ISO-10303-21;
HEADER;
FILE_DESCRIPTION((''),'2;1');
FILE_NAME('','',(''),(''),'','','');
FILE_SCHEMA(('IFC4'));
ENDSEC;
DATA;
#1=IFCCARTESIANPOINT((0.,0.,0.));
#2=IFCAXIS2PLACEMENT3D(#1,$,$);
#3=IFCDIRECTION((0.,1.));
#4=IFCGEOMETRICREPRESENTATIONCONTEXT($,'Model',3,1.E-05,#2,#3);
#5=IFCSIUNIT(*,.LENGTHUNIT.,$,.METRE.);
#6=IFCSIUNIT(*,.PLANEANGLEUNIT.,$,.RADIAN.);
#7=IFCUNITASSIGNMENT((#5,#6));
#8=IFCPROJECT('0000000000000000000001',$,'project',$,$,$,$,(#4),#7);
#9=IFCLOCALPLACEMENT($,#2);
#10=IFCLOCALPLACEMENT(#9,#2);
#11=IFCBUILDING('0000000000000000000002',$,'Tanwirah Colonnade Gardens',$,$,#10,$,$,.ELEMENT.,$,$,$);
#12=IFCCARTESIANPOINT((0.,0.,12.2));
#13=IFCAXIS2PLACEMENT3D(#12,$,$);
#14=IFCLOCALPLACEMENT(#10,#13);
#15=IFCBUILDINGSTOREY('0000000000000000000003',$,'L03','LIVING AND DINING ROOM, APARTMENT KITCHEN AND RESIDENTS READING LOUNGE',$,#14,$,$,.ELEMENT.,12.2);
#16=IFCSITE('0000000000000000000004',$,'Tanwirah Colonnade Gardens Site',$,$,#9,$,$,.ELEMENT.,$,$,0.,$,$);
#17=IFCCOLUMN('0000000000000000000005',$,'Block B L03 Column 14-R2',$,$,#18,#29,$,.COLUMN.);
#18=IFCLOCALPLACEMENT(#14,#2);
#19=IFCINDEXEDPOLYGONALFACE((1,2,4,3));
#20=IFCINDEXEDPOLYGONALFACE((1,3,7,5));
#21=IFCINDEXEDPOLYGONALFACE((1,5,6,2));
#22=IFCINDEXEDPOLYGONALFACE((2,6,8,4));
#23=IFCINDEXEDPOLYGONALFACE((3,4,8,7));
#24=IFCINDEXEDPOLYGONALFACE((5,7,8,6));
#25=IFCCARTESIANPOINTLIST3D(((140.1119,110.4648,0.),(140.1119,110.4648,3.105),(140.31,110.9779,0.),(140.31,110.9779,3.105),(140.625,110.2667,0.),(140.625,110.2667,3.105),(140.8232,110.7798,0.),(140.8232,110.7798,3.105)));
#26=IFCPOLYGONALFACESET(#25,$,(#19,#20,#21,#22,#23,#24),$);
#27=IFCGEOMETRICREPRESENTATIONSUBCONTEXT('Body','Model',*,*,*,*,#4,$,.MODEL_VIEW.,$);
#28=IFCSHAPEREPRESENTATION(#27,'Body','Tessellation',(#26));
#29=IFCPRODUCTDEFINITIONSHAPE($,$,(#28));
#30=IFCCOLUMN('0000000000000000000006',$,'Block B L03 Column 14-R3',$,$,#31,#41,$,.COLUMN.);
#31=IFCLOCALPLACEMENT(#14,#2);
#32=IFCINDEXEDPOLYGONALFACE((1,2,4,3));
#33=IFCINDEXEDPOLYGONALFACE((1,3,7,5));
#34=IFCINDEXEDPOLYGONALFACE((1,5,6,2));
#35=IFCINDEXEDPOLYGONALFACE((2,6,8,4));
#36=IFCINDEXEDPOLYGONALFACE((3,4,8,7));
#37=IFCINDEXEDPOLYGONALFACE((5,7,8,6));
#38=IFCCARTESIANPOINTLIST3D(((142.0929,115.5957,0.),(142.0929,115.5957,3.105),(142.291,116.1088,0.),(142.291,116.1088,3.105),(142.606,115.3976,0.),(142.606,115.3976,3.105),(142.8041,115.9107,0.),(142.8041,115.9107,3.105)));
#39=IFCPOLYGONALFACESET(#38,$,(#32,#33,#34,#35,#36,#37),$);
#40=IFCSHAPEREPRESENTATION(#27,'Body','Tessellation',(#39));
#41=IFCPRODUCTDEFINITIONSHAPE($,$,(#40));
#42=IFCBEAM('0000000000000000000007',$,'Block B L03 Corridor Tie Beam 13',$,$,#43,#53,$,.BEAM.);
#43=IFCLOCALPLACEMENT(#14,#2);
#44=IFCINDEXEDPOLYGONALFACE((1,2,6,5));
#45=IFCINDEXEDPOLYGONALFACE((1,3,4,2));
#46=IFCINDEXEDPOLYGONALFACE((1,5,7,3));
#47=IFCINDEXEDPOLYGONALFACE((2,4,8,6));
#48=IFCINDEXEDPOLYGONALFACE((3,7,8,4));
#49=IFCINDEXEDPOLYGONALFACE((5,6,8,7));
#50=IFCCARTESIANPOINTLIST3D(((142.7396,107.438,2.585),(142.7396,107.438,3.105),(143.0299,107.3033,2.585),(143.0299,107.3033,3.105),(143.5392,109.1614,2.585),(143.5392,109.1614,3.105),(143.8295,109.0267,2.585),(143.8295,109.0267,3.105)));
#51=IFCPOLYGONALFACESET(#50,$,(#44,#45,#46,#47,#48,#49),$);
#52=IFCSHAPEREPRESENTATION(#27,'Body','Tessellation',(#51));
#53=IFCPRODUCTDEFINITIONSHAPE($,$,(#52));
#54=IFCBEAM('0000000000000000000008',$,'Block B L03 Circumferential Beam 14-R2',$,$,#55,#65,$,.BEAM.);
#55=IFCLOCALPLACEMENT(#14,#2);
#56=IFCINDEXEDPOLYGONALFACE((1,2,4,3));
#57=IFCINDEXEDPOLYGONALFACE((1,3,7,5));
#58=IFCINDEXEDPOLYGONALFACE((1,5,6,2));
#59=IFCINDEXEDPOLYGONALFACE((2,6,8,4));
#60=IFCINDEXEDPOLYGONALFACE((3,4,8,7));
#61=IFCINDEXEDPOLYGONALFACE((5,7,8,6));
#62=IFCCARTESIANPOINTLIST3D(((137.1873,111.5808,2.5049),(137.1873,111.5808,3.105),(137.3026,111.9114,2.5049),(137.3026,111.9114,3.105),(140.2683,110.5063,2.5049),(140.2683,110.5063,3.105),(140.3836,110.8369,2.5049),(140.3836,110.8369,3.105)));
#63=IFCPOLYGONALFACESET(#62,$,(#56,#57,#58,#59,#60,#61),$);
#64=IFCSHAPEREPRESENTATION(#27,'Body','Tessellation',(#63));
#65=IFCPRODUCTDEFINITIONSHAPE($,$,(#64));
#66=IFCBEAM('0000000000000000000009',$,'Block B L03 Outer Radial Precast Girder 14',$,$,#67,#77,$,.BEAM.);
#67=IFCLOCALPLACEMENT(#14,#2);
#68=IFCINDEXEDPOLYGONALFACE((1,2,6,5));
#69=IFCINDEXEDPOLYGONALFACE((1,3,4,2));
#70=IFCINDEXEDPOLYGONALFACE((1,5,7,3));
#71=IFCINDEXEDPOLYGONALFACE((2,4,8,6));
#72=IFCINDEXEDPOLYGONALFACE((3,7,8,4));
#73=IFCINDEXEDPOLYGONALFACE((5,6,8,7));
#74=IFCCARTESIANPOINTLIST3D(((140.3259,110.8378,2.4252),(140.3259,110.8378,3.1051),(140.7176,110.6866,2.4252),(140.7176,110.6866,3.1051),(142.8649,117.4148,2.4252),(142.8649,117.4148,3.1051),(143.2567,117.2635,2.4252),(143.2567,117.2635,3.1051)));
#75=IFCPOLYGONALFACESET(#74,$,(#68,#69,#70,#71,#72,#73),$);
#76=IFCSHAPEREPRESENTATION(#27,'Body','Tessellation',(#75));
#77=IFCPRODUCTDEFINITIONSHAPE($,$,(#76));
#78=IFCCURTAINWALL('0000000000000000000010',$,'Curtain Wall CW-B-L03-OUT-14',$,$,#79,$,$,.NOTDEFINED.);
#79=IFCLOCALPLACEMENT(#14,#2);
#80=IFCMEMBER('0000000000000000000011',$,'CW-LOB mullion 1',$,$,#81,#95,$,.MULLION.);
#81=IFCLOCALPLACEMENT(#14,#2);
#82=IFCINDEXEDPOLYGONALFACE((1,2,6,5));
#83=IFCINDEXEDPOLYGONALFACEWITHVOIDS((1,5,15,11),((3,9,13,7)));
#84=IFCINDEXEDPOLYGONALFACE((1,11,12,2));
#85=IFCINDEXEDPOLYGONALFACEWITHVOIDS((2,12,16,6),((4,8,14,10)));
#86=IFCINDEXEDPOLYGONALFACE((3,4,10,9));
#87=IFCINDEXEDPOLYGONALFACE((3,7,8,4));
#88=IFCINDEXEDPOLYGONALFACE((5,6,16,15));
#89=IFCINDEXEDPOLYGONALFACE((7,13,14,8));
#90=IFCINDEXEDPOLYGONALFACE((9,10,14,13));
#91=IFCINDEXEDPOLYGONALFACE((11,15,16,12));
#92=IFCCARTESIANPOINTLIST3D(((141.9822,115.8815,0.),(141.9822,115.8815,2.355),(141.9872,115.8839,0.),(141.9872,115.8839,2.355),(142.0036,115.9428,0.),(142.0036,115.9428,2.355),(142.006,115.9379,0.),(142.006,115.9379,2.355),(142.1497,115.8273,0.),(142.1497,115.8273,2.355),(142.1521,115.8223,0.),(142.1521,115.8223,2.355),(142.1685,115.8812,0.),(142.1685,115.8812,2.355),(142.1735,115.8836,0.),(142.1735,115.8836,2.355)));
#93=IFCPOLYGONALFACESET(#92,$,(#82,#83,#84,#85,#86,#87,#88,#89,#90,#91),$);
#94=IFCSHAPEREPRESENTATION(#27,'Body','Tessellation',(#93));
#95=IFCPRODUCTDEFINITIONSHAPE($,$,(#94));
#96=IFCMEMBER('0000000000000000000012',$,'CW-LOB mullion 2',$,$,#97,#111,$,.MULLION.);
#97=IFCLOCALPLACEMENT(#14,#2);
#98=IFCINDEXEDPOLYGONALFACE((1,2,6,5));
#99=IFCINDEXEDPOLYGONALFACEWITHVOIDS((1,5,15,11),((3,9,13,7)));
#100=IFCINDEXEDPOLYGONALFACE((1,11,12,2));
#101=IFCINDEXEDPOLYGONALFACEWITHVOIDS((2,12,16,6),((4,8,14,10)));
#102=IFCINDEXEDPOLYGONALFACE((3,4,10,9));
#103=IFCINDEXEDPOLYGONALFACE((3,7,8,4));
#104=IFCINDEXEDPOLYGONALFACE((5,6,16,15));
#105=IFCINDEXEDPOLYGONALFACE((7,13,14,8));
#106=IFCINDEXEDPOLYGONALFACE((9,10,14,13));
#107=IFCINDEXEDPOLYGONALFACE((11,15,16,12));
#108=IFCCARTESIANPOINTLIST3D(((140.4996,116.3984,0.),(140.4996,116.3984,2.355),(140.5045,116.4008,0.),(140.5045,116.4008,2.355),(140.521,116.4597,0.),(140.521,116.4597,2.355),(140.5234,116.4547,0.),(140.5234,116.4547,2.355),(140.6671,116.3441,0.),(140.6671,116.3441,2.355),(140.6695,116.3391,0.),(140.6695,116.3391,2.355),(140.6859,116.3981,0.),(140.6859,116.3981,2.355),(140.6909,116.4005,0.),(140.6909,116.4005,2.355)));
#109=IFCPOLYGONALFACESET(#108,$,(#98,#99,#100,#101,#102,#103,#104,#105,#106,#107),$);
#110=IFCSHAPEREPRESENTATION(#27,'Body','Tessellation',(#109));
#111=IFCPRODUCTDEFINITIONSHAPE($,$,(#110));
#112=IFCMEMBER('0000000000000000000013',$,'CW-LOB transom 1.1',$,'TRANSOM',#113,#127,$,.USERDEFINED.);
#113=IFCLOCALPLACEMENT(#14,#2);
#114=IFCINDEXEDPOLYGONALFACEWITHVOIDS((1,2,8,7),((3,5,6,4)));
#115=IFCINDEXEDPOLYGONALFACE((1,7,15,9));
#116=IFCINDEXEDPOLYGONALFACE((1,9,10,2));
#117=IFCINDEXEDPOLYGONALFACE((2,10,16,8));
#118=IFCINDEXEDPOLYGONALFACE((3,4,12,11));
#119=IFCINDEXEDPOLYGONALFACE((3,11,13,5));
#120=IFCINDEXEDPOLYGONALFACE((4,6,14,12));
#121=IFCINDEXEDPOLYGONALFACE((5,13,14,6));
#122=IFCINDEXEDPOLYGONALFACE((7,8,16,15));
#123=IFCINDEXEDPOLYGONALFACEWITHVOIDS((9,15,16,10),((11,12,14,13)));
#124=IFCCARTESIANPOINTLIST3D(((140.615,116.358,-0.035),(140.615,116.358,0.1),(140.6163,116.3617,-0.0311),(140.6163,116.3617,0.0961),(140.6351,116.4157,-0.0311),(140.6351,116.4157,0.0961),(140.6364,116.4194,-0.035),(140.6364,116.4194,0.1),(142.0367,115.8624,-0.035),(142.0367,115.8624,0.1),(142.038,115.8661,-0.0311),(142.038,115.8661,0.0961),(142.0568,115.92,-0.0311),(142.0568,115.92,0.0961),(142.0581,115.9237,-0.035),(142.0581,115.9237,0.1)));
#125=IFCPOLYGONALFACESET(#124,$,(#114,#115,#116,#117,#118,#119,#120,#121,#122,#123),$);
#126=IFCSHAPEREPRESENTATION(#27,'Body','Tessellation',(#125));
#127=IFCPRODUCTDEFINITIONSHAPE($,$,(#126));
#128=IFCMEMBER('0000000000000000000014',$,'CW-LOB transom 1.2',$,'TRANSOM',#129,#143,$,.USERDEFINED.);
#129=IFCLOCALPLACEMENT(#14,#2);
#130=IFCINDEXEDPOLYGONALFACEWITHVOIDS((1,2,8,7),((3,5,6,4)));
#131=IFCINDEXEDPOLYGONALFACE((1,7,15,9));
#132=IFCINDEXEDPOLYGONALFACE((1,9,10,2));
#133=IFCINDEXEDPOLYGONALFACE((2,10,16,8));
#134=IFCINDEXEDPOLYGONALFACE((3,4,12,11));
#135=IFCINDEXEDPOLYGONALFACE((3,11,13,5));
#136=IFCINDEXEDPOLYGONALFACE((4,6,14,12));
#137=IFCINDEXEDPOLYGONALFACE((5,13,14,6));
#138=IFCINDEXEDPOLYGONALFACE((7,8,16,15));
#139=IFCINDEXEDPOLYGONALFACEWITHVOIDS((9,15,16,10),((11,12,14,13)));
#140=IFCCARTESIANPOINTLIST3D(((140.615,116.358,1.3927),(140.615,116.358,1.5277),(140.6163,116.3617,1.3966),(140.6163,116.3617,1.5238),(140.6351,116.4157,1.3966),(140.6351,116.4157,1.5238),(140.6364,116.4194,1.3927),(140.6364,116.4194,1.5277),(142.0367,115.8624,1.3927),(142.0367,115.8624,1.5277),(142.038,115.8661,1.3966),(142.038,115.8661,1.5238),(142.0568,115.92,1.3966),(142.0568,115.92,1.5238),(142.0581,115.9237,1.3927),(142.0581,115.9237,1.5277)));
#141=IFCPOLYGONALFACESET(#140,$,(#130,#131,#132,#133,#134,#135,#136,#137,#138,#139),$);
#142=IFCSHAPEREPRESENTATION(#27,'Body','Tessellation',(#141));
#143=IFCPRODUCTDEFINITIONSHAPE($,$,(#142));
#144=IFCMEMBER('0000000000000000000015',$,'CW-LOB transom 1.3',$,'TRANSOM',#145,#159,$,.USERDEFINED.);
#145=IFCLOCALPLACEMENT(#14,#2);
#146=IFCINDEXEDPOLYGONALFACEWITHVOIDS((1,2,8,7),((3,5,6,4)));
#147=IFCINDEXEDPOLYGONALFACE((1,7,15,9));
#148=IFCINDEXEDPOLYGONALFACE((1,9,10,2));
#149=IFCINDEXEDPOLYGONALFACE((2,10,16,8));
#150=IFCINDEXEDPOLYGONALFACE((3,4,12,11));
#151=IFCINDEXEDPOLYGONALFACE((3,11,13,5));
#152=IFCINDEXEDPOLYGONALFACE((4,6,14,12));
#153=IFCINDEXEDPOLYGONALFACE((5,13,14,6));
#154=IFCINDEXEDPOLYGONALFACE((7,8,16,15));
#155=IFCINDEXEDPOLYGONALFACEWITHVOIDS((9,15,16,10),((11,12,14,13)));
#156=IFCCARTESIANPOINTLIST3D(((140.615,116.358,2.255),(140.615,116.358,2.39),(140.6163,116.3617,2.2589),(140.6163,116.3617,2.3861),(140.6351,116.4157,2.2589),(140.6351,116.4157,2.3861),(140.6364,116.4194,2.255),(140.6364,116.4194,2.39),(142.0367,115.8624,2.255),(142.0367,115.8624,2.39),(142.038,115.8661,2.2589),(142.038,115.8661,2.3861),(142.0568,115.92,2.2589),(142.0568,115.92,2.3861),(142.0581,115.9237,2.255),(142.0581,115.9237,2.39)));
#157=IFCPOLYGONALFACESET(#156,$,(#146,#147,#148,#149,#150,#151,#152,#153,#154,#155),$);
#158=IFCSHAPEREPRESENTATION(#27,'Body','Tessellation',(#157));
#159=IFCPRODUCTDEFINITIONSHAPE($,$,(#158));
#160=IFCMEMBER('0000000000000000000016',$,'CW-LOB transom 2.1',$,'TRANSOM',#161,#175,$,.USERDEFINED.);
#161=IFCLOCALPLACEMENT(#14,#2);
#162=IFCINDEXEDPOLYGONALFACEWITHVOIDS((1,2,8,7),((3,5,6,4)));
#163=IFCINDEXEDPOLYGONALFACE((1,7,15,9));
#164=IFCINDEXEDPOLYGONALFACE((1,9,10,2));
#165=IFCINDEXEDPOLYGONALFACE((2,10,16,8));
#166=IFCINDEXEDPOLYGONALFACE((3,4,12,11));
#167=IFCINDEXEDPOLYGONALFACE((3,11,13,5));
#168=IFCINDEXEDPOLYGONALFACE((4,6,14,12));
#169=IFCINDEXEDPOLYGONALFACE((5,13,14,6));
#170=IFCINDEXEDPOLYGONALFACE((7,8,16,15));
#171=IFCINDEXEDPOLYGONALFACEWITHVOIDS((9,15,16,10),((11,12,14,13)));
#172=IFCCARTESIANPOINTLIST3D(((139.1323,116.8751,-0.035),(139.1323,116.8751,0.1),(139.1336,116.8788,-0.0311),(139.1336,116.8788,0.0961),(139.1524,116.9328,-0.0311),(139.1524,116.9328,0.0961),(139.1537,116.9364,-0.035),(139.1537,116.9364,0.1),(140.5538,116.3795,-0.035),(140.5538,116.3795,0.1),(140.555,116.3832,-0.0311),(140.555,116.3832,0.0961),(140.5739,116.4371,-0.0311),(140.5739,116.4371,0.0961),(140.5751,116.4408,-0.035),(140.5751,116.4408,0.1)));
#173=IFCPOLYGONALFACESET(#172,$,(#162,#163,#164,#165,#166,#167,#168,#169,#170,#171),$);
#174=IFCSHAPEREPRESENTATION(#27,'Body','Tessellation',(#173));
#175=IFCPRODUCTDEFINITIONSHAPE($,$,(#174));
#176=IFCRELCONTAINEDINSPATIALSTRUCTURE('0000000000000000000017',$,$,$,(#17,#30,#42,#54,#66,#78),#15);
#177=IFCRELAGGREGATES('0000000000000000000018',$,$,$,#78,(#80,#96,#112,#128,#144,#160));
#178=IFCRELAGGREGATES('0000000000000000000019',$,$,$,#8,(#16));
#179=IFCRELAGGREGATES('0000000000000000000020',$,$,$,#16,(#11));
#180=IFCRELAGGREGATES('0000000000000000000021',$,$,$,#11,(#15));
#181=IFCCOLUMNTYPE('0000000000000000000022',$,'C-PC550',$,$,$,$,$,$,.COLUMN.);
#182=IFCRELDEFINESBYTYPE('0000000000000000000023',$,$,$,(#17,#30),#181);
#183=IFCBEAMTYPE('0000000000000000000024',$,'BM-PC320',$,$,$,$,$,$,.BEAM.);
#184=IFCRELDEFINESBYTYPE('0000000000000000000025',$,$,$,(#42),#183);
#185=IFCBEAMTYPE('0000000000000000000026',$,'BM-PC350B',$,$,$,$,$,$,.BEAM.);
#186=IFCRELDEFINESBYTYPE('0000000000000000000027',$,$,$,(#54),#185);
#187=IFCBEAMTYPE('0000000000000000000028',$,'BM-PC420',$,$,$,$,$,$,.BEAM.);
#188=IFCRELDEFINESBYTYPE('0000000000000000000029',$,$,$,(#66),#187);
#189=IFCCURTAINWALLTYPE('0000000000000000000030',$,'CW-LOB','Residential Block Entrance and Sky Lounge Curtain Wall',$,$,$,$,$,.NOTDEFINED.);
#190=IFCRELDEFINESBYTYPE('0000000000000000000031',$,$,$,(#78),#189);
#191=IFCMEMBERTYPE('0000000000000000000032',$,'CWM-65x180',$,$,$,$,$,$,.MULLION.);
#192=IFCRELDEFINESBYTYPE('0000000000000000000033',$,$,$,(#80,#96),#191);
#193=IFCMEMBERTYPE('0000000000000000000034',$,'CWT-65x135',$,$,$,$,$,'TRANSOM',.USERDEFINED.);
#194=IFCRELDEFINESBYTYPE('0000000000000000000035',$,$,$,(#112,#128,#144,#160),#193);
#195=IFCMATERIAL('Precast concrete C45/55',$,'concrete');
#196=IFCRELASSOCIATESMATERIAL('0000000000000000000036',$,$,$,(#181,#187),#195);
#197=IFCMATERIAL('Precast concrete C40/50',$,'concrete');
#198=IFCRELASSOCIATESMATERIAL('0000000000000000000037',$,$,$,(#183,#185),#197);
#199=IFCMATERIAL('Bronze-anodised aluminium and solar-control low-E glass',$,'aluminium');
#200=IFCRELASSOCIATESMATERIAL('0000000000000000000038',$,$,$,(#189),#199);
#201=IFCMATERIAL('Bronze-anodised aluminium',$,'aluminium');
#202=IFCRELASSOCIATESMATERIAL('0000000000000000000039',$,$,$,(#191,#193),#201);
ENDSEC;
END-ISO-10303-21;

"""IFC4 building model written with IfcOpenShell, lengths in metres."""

from ifc_helpers import new_model, si_unit, direction, frame, origin, origin_2d, place, context, subcontext, project, spatial, rectangle, hollow_rectangle, extrude, material, material_profile, profile_set, type_object, element, aggregate, save


model = new_model("IFC4")

# Units and contexts
model_context = context("Model", 3, precision=1e-05, world=origin(), true_north=direction((0.0, 1.0)))
body_context = subcontext(model_context, "Body", "Model", "MODEL_VIEW")
ifc_project = project(units=[si_unit("LENGTHUNIT", "METRE"), si_unit("PLANEANGLEUNIT", "RADIAN")], contexts=[model_context])

# Site, building, storey
site_placement = place(None, origin())
site = spatial("IfcSite", under=ifc_project, at=site_placement, Name="Tanwirah Colonnade Gardens Site", CompositionType="ELEMENT", RefElevation=0.0)
building_placement = place(site_placement, origin())
building = spatial("IfcBuilding", under=site, at=building_placement, Name="Tanwirah Colonnade Gardens", CompositionType="ELEMENT")
storey_placement = place(building_placement, frame((0.0, 0.0, 12.2)))
storey = spatial("IfcBuildingStorey", under=building, at=storey_placement, Name="L03", Description="LIVING AND DINING ROOM, APARTMENT KITCHEN AND RESIDENTS READING LOUNGE", CompositionType="ELEMENT", Elevation=12.2)

# Columns
ifc_material_1 = material(Name="Precast concrete C45/55", Category="concrete")
ifc_material_profile_1 = material_profile(ifc_material_1, rectangle(XDim=0.55, YDim=0.55, at=origin_2d()), Name="PC-COL 550x550")
ifc_profile_set_1 = profile_set([ifc_material_profile_1], Name="Precast concrete C45/55")
column_type = type_object("IfcColumnType", Name="C-PC550", PredefinedType="COLUMN", material=ifc_profile_set_1)
for number, where, z_axis, x_axis, name in (
    (1, (140.4675, 110.6223, 0.0), (0.0, 0.0, 1.0), (0.360178, 0.932884, 0.0), "Block B L03 Column 14-R2"),
    (2, (142.4485, 115.7532, 0.0), (0.0, 0.0, 1.0), (0.360178, 0.932884, 0.0), "Block B L03 Column 14-R3"),
):
    element("IfcColumn", number, at=place(storey_placement, frame(where, z_axis=z_axis, x_axis=x_axis)), inside=storey, type_object=column_type, Name=name, PredefinedType="COLUMN", context=body_context, shape_type="SweptSolid", body=[
        extrude(rectangle(XDim=0.55, YDim=0.55, at=origin_2d()), origin(), (0.0, 0.0, 1.0), 3.105),
    ])

# Beams
ifc_material_2 = material(Name="Precast concrete C40/50", Category="concrete")
ifc_material_profile_2 = material_profile(ifc_material_2, rectangle(XDim=0.3201, YDim=0.52, at=origin_2d()), Name="PC-BM 320x520")
ifc_profile_set_2 = profile_set([ifc_material_profile_2], Name="Precast concrete C40/50")
beam_type_1 = type_object("IfcBeamType", Name="BM-PC320", PredefinedType="BEAM", material=ifc_profile_set_2)
beam_1_placement = place(storey_placement, frame((142.8848, 107.3706, 2.845), z_axis=(0.420858, 0.907126, 0.0), x_axis=(-0.907126, 0.420858, 0.0)))
element("IfcBeam", 3, at=beam_1_placement, inside=storey, type_object=beam_type_1, Name="Block B L03 Corridor Tie Beam 13", PredefinedType="BEAM", context=body_context, shape_type="SweptSolid", body=[
    extrude(rectangle(XDim=0.3201, YDim=0.52, at=origin_2d()), origin(), (0.0, 0.0, 1.0), 1.8999),
])
ifc_material_profile_3 = material_profile(ifc_material_2, rectangle(XDim=0.3501, YDim=0.6001, at=origin_2d()), Name="PC-BM 350x600")
ifc_profile_set_3 = profile_set([ifc_material_profile_3], Name="Precast concrete C40/50")
beam_type_2 = type_object("IfcBeamType", Name="BM-PC350B", PredefinedType="BEAM", material=ifc_profile_set_3)
beam_2_placement = place(storey_placement, frame((140.3259, 110.6716, 2.8049), z_axis=(-0.944231, 0.329284, 0.0), x_axis=(-0.329284, -0.944231, 0.0)))
element("IfcBeam", 4, at=beam_2_placement, inside=storey, type_object=beam_type_2, Name="Block B L03 Circumferential Beam 14-R2", PredefinedType="BEAM", context=body_context, shape_type="SweptSolid", body=[
    extrude(rectangle(XDim=0.3501, YDim=0.6001, at=origin_2d()), origin(), (0.0, 0.0, 1.0), 3.2629),
])
ifc_material_profile_4 = material_profile(ifc_material_1, rectangle(XDim=0.4199, YDim=0.6799, at=origin_2d()), Name="PC-BM 420x680")
ifc_profile_set_4 = profile_set([ifc_material_profile_4], Name="Precast concrete C45/55")
beam_type_3 = type_object("IfcBeamType", Name="BM-PC420", PredefinedType="BEAM", material=ifc_profile_set_4)
beam_3_placement = place(storey_placement, frame((140.5217, 110.7622, 2.7651), z_axis=(0.360151, 0.932894, 0.0), x_axis=(-0.932894, 0.360151, 0.0)))
element("IfcBeam", 5, at=beam_3_placement, inside=storey, type_object=beam_type_3, Name="Block B L03 Outer Radial Precast Girder 14", PredefinedType="BEAM", context=body_context, shape_type="SweptSolid", body=[
    extrude(rectangle(XDim=0.4199, YDim=0.6799, at=origin_2d()), origin(), (0.0, 0.0, 1.0), 7.05),
])

# Curtain wall, members
ifc_material_3 = material(Name="Bronze-anodised aluminium and solar-control low-E glass", Category="aluminium")
curtain_wall_type = type_object("IfcCurtainWallType", Name="CW-LOB", Description="Residential Block Entrance and Sky Lounge Curtain Wall", PredefinedType="NOTDEFINED", material=ifc_material_3)
curtain_wall_placement = place(storey_placement, origin())
curtain_wall = element("IfcCurtainWall", 6, at=curtain_wall_placement, inside=storey, type_object=curtain_wall_type, Name="Curtain Wall CW-B-L03-OUT-14", PredefinedType="NOTDEFINED")
ifc_material_4 = material(Name="Bronze-anodised aluminium", Category="aluminium")
ifc_material_profile_5 = material_profile(ifc_material_4, hollow_rectangle(XDim=0.0649, YDim=0.1799, WallThickness=0.0039, at=origin_2d()), Name="CW-MUL 65x180x4")
ifc_profile_set_5 = profile_set([ifc_material_profile_5], Name="Bronze-anodised aluminium")
member_type_1 = type_object("IfcMemberType", Name="CWM-65x180", PredefinedType="MULLION", material=ifc_profile_set_5)
member_1_placement = place(storey_placement, frame((142.0779, 115.8826, 0.0), z_axis=(0.0, 0.0, 1.0), x_axis=(-0.329232, -0.944249, 0.0)))
member_1 = element("IfcMember", 7, at=member_1_placement, type_object=member_type_1, Name="CW-LOB mullion 1", PredefinedType="MULLION", context=body_context, shape_type="SweptSolid", body=[
    extrude(hollow_rectangle(XDim=0.0649, YDim=0.1799, WallThickness=0.0039, at=origin_2d()), origin(), (0.0, 0.0, 1.0), 2.355),
])
member_2_placement = place(storey_placement, frame((140.5952, 116.3994, 0.0), z_axis=(0.0, 0.0, 1.0), x_axis=(-0.329232, -0.944249, 0.0)))
member_2 = element("IfcMember", 8, at=member_2_placement, type_object=member_type_1, Name="CW-LOB mullion 2", PredefinedType="MULLION", context=body_context, shape_type="SweptSolid", body=[
    extrude(hollow_rectangle(XDim=0.0649, YDim=0.1799, WallThickness=0.0039, at=origin_2d()), origin(), (0.0, 0.0, 1.0), 2.355),
])
ifc_material_profile_6 = material_profile(ifc_material_4, hollow_rectangle(XDim=0.0649, YDim=0.135, WallThickness=0.0039, at=origin_2d()), Name="CW-TRN 65x135x4")
ifc_profile_set_6 = profile_set([ifc_material_profile_6], Name="Bronze-anodised aluminium")
member_type_2 = type_object("IfcMemberType", Name="CWT-65x135", ElementType="TRANSOM", PredefinedType="USERDEFINED", material=ifc_profile_set_6)
member_3_placement = place(storey_placement, frame((142.0474, 115.8931, 0.0325), z_axis=(-0.944265, 0.329187, 0.0), x_axis=(-0.329187, -0.944265, 0.0)))
member_3 = element("IfcMember", 9, at=member_3_placement, type_object=member_type_2, Name="CW-LOB transom 1.1", ObjectType="TRANSOM", PredefinedType="USERDEFINED", context=body_context, shape_type="SweptSolid", body=[
    extrude(hollow_rectangle(XDim=0.0649, YDim=0.135, WallThickness=0.0039, at=origin_2d()), origin(), (0.0, 0.0, 1.0), 1.5056),
])
member_4_placement = place(storey_placement, frame((142.0474, 115.8931, 1.4602), z_axis=(-0.944265, 0.329187, 0.0), x_axis=(-0.329187, -0.944265, 0.0)))
member_4 = element("IfcMember", 10, at=member_4_placement, type_object=member_type_2, Name="CW-LOB transom 1.2", ObjectType="TRANSOM", PredefinedType="USERDEFINED", context=body_context, shape_type="SweptSolid", body=[
    extrude(hollow_rectangle(XDim=0.0649, YDim=0.135, WallThickness=0.0039, at=origin_2d()), origin(), (0.0, 0.0, 1.0), 1.5056),
])
member_5_placement = place(storey_placement, frame((142.0474, 115.8931, 2.3225), z_axis=(-0.944265, 0.329187, 0.0), x_axis=(-0.329187, -0.944265, 0.0)))
member_5 = element("IfcMember", 11, at=member_5_placement, type_object=member_type_2, Name="CW-LOB transom 1.3", ObjectType="TRANSOM", PredefinedType="USERDEFINED", context=body_context, shape_type="SweptSolid", body=[
    extrude(hollow_rectangle(XDim=0.0649, YDim=0.135, WallThickness=0.0039, at=origin_2d()), origin(), (0.0, 0.0, 1.0), 1.5056),
])
member_6_placement = place(storey_placement, frame((140.5645, 116.4102, 0.0325), z_axis=(-0.944247, 0.329238, 0.0), x_axis=(-0.329238, -0.944247, 0.0)))
member_6 = element("IfcMember", 12, at=member_6_placement, type_object=member_type_2, Name="CW-LOB transom 2.1", ObjectType="TRANSOM", PredefinedType="USERDEFINED", context=body_context, shape_type="SweptSolid", body=[
    extrude(hollow_rectangle(XDim=0.0649, YDim=0.135, WallThickness=0.0039, at=origin_2d()), origin(), (0.0, 0.0, 1.0), 1.5054),
])

aggregate(curtain_wall, [member_1, member_2, member_3, member_4, member_5, member_6])

save(model, "model.ifc")
